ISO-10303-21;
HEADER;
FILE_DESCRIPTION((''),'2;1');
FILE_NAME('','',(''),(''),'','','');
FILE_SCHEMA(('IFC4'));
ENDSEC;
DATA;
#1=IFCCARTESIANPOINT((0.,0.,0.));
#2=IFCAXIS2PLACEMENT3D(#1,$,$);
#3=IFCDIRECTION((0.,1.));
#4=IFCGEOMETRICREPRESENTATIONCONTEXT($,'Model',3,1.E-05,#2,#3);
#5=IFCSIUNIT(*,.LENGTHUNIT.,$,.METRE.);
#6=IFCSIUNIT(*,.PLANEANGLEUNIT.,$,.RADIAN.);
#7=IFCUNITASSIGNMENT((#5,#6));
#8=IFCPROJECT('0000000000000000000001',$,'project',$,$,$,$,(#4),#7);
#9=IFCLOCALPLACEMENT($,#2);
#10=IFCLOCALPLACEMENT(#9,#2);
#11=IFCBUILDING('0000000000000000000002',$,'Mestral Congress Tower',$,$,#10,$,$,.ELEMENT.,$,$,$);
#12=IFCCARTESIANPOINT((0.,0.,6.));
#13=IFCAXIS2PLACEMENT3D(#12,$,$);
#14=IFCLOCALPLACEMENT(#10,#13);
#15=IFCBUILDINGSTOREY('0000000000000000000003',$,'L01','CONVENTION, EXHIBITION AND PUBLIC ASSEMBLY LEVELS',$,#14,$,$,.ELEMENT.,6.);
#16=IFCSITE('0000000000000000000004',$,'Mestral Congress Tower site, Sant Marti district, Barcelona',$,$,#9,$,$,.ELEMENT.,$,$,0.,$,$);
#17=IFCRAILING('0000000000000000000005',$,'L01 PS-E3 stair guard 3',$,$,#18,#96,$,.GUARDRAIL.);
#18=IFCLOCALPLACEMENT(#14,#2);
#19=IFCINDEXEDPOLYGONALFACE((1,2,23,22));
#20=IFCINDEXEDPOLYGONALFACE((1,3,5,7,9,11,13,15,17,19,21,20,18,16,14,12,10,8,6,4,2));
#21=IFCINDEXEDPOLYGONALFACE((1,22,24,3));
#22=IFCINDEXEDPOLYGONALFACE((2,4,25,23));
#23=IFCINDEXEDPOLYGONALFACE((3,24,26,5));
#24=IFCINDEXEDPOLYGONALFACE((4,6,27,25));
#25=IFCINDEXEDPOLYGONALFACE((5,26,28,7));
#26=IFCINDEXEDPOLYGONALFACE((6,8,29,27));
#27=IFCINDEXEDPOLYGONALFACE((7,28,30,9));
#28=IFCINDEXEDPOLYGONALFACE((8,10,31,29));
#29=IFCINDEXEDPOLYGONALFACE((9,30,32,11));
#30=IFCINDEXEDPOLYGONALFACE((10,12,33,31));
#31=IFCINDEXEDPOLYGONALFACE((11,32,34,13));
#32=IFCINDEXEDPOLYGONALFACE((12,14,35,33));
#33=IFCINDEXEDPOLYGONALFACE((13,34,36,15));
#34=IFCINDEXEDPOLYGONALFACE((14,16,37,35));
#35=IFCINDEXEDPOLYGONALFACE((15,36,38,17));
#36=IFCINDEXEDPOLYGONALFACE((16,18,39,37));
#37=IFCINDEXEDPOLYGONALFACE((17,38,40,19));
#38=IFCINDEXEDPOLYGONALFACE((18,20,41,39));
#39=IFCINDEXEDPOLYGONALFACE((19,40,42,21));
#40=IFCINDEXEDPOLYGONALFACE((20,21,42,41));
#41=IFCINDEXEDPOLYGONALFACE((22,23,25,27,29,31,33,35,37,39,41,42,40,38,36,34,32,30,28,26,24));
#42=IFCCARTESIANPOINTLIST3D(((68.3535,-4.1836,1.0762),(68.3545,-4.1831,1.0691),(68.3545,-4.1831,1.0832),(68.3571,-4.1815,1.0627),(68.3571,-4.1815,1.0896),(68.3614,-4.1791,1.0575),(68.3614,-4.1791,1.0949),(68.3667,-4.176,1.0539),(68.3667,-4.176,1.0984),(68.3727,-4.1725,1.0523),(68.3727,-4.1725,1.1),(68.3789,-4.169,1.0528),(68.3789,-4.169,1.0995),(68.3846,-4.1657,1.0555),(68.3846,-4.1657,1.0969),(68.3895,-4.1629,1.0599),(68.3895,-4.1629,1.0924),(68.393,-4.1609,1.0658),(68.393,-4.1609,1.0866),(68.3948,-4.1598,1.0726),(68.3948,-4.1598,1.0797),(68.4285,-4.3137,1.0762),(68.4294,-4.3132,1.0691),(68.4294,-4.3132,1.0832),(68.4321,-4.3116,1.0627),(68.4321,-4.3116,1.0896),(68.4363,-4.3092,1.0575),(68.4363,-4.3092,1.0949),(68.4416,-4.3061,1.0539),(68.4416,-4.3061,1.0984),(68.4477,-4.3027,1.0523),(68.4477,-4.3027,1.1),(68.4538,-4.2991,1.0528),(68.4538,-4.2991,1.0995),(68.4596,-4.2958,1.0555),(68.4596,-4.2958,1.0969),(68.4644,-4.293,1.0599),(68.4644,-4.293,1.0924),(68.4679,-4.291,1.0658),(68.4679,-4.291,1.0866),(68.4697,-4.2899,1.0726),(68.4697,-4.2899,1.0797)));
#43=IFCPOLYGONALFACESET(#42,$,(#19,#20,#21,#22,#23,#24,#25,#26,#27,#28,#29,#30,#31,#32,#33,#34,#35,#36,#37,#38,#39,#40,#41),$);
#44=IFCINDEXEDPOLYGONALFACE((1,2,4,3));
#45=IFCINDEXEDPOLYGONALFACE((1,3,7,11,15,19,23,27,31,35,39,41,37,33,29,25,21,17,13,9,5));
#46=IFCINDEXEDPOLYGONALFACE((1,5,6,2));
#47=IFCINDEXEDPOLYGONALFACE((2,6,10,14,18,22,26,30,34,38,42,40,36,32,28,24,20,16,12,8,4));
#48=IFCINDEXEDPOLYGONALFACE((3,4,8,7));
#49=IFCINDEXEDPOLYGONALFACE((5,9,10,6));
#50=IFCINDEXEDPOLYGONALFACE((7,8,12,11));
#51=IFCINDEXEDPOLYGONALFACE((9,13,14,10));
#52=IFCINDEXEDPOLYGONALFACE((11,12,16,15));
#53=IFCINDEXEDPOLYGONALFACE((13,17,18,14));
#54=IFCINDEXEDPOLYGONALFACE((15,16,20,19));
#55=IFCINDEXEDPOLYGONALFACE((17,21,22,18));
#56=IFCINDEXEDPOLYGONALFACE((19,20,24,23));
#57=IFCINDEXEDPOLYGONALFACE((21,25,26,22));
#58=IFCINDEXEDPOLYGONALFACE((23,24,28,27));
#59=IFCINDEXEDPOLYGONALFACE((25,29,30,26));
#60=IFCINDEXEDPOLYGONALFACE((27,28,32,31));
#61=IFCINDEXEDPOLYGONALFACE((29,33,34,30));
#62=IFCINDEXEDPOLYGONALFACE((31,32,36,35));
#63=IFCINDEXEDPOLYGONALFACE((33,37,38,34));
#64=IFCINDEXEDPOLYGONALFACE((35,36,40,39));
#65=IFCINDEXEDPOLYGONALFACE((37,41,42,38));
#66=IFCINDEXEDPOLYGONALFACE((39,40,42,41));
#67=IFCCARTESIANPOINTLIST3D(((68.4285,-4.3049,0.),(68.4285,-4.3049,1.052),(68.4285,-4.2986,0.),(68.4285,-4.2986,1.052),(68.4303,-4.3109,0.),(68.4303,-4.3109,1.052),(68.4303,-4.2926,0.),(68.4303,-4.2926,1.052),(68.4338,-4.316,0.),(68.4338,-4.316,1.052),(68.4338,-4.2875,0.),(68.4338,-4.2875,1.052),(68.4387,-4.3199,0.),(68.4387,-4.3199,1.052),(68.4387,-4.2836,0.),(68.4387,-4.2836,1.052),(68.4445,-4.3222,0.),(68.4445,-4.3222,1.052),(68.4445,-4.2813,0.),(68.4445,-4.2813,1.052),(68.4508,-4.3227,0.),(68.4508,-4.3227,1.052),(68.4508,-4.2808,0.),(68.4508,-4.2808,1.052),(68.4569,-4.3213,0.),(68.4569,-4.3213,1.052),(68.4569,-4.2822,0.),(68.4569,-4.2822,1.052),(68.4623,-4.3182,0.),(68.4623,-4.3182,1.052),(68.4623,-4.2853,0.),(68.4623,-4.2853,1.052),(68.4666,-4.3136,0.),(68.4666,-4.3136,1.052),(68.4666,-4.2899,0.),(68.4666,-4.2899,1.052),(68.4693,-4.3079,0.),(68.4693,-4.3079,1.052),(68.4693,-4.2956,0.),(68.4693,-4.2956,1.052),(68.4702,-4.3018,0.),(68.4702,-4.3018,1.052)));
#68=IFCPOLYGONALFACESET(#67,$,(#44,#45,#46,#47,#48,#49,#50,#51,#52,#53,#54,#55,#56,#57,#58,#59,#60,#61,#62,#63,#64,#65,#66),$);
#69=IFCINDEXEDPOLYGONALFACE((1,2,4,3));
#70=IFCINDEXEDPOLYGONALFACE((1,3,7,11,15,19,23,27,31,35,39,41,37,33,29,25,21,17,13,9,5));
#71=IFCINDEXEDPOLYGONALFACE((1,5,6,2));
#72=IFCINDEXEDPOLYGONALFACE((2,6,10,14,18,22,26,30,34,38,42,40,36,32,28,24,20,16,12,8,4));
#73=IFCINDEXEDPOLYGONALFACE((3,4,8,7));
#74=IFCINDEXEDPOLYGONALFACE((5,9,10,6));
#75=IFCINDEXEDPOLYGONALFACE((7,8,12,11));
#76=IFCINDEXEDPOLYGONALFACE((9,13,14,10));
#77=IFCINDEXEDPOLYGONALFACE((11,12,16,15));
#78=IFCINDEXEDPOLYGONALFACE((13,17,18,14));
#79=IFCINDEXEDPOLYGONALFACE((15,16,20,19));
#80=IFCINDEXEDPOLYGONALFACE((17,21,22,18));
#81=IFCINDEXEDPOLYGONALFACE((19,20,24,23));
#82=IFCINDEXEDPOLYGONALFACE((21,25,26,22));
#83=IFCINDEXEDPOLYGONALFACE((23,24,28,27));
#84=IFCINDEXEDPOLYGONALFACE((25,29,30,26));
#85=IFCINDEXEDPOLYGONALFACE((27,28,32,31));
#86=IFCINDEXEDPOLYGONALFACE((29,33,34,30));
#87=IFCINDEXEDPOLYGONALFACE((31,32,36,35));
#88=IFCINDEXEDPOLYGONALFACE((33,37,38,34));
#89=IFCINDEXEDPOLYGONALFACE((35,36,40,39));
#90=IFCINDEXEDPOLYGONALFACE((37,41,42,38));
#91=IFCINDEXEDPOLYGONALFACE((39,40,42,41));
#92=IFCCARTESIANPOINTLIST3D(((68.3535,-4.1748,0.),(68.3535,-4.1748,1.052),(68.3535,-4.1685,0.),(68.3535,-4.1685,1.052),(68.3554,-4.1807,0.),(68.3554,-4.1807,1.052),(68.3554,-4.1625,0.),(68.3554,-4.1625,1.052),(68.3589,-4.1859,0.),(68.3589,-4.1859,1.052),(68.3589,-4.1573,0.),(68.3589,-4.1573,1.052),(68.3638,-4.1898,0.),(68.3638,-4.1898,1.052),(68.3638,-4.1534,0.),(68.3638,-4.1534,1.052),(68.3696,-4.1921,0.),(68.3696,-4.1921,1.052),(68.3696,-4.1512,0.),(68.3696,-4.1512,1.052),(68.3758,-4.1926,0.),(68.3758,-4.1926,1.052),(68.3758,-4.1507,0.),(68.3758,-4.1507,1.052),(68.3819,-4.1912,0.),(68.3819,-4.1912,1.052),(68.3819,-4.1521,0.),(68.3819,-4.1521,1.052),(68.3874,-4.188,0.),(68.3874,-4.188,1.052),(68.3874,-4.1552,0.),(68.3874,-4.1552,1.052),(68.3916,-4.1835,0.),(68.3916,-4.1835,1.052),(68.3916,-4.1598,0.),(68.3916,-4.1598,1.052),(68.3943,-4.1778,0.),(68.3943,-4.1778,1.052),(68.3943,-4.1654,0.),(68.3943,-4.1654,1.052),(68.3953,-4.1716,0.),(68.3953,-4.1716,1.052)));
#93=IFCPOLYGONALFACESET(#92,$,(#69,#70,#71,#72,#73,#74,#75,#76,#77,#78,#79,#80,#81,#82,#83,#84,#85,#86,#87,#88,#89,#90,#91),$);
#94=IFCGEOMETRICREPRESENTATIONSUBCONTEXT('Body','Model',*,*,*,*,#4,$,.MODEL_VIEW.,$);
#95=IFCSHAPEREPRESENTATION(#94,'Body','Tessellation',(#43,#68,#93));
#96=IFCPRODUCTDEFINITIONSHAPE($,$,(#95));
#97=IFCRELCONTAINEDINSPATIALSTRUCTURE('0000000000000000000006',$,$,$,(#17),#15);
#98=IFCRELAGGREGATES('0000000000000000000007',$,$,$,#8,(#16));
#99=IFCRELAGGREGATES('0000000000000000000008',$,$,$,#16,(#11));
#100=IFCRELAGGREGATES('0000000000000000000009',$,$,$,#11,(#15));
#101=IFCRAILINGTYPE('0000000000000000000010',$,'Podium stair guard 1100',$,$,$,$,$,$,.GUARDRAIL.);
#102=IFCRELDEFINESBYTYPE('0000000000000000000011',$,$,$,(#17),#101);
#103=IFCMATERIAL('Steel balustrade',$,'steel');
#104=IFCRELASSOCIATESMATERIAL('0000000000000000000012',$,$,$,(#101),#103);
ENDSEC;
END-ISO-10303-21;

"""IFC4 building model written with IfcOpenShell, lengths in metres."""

from ifc_helpers import new_model, si_unit, direction, frame, origin, origin_2d, place, context, subcontext, project, spatial, circle, extrude, material, type_object, element, save


model = new_model("IFC4")

# Units and contexts
model_context = context("Model", 3, precision=1e-05, world=origin(), true_north=direction((0.0, 1.0)))
body_context = subcontext(model_context, "Body", "Model", "MODEL_VIEW")
ifc_project = project(units=[si_unit("LENGTHUNIT", "METRE"), si_unit("PLANEANGLEUNIT", "RADIAN")], contexts=[model_context])

# Site, building, storey
site_placement = place(None, origin())
site = spatial("IfcSite", under=ifc_project, at=site_placement, Name="Mestral Congress Tower site, Sant Marti district, Barcelona", CompositionType="ELEMENT", RefElevation=0.0)
building_placement = place(site_placement, origin())
building = spatial("IfcBuilding", under=site, at=building_placement, Name="Mestral Congress Tower", CompositionType="ELEMENT")
storey_placement = place(building_placement, frame((0.0, 0.0, 6.0)))
storey = spatial("IfcBuildingStorey", under=building, at=storey_placement, Name="L01", Description="CONVENTION, EXHIBITION AND PUBLIC ASSEMBLY LEVELS", CompositionType="ELEMENT", Elevation=6.0)

# Railing
ifc_material_1 = material(Name="Steel balustrade", Category="steel")
railing_type_1 = type_object("IfcRailingType", Name="Podium stair guard 1100", PredefinedType="GUARDRAIL", material=ifc_material_1)
railing_1_placement = place(storey_placement, frame((68.4492, -4.3018, 0.0)))
element("IfcRailing", 1, at=railing_1_placement, inside=storey, type_object=railing_type_1, Name="L01 PS-E3 stair guard 3", PredefinedType="GUARDRAIL", context=body_context, shape_type="SweptSolid", body=[
    extrude(circle(Radius=0.0239, at=origin_2d()), frame((0.0, 0.0, 1.0762), z_axis=(-0.499112, 0.866537, 0.0), x_axis=(-0.866537, -0.499112, 0.0)), (0.0, 0.0, 1.0), 0.1501),
    extrude(circle(Radius=0.021, at=origin_2d()), origin(), (0.0, 0.0, 1.0), 1.052),
    extrude(circle(Radius=0.021, at=origin_2d()), frame((-0.075, 0.1301, 0.0)), (0.0, 0.0, 1.0), 1.052),
])

save(model, "model.ifc")
